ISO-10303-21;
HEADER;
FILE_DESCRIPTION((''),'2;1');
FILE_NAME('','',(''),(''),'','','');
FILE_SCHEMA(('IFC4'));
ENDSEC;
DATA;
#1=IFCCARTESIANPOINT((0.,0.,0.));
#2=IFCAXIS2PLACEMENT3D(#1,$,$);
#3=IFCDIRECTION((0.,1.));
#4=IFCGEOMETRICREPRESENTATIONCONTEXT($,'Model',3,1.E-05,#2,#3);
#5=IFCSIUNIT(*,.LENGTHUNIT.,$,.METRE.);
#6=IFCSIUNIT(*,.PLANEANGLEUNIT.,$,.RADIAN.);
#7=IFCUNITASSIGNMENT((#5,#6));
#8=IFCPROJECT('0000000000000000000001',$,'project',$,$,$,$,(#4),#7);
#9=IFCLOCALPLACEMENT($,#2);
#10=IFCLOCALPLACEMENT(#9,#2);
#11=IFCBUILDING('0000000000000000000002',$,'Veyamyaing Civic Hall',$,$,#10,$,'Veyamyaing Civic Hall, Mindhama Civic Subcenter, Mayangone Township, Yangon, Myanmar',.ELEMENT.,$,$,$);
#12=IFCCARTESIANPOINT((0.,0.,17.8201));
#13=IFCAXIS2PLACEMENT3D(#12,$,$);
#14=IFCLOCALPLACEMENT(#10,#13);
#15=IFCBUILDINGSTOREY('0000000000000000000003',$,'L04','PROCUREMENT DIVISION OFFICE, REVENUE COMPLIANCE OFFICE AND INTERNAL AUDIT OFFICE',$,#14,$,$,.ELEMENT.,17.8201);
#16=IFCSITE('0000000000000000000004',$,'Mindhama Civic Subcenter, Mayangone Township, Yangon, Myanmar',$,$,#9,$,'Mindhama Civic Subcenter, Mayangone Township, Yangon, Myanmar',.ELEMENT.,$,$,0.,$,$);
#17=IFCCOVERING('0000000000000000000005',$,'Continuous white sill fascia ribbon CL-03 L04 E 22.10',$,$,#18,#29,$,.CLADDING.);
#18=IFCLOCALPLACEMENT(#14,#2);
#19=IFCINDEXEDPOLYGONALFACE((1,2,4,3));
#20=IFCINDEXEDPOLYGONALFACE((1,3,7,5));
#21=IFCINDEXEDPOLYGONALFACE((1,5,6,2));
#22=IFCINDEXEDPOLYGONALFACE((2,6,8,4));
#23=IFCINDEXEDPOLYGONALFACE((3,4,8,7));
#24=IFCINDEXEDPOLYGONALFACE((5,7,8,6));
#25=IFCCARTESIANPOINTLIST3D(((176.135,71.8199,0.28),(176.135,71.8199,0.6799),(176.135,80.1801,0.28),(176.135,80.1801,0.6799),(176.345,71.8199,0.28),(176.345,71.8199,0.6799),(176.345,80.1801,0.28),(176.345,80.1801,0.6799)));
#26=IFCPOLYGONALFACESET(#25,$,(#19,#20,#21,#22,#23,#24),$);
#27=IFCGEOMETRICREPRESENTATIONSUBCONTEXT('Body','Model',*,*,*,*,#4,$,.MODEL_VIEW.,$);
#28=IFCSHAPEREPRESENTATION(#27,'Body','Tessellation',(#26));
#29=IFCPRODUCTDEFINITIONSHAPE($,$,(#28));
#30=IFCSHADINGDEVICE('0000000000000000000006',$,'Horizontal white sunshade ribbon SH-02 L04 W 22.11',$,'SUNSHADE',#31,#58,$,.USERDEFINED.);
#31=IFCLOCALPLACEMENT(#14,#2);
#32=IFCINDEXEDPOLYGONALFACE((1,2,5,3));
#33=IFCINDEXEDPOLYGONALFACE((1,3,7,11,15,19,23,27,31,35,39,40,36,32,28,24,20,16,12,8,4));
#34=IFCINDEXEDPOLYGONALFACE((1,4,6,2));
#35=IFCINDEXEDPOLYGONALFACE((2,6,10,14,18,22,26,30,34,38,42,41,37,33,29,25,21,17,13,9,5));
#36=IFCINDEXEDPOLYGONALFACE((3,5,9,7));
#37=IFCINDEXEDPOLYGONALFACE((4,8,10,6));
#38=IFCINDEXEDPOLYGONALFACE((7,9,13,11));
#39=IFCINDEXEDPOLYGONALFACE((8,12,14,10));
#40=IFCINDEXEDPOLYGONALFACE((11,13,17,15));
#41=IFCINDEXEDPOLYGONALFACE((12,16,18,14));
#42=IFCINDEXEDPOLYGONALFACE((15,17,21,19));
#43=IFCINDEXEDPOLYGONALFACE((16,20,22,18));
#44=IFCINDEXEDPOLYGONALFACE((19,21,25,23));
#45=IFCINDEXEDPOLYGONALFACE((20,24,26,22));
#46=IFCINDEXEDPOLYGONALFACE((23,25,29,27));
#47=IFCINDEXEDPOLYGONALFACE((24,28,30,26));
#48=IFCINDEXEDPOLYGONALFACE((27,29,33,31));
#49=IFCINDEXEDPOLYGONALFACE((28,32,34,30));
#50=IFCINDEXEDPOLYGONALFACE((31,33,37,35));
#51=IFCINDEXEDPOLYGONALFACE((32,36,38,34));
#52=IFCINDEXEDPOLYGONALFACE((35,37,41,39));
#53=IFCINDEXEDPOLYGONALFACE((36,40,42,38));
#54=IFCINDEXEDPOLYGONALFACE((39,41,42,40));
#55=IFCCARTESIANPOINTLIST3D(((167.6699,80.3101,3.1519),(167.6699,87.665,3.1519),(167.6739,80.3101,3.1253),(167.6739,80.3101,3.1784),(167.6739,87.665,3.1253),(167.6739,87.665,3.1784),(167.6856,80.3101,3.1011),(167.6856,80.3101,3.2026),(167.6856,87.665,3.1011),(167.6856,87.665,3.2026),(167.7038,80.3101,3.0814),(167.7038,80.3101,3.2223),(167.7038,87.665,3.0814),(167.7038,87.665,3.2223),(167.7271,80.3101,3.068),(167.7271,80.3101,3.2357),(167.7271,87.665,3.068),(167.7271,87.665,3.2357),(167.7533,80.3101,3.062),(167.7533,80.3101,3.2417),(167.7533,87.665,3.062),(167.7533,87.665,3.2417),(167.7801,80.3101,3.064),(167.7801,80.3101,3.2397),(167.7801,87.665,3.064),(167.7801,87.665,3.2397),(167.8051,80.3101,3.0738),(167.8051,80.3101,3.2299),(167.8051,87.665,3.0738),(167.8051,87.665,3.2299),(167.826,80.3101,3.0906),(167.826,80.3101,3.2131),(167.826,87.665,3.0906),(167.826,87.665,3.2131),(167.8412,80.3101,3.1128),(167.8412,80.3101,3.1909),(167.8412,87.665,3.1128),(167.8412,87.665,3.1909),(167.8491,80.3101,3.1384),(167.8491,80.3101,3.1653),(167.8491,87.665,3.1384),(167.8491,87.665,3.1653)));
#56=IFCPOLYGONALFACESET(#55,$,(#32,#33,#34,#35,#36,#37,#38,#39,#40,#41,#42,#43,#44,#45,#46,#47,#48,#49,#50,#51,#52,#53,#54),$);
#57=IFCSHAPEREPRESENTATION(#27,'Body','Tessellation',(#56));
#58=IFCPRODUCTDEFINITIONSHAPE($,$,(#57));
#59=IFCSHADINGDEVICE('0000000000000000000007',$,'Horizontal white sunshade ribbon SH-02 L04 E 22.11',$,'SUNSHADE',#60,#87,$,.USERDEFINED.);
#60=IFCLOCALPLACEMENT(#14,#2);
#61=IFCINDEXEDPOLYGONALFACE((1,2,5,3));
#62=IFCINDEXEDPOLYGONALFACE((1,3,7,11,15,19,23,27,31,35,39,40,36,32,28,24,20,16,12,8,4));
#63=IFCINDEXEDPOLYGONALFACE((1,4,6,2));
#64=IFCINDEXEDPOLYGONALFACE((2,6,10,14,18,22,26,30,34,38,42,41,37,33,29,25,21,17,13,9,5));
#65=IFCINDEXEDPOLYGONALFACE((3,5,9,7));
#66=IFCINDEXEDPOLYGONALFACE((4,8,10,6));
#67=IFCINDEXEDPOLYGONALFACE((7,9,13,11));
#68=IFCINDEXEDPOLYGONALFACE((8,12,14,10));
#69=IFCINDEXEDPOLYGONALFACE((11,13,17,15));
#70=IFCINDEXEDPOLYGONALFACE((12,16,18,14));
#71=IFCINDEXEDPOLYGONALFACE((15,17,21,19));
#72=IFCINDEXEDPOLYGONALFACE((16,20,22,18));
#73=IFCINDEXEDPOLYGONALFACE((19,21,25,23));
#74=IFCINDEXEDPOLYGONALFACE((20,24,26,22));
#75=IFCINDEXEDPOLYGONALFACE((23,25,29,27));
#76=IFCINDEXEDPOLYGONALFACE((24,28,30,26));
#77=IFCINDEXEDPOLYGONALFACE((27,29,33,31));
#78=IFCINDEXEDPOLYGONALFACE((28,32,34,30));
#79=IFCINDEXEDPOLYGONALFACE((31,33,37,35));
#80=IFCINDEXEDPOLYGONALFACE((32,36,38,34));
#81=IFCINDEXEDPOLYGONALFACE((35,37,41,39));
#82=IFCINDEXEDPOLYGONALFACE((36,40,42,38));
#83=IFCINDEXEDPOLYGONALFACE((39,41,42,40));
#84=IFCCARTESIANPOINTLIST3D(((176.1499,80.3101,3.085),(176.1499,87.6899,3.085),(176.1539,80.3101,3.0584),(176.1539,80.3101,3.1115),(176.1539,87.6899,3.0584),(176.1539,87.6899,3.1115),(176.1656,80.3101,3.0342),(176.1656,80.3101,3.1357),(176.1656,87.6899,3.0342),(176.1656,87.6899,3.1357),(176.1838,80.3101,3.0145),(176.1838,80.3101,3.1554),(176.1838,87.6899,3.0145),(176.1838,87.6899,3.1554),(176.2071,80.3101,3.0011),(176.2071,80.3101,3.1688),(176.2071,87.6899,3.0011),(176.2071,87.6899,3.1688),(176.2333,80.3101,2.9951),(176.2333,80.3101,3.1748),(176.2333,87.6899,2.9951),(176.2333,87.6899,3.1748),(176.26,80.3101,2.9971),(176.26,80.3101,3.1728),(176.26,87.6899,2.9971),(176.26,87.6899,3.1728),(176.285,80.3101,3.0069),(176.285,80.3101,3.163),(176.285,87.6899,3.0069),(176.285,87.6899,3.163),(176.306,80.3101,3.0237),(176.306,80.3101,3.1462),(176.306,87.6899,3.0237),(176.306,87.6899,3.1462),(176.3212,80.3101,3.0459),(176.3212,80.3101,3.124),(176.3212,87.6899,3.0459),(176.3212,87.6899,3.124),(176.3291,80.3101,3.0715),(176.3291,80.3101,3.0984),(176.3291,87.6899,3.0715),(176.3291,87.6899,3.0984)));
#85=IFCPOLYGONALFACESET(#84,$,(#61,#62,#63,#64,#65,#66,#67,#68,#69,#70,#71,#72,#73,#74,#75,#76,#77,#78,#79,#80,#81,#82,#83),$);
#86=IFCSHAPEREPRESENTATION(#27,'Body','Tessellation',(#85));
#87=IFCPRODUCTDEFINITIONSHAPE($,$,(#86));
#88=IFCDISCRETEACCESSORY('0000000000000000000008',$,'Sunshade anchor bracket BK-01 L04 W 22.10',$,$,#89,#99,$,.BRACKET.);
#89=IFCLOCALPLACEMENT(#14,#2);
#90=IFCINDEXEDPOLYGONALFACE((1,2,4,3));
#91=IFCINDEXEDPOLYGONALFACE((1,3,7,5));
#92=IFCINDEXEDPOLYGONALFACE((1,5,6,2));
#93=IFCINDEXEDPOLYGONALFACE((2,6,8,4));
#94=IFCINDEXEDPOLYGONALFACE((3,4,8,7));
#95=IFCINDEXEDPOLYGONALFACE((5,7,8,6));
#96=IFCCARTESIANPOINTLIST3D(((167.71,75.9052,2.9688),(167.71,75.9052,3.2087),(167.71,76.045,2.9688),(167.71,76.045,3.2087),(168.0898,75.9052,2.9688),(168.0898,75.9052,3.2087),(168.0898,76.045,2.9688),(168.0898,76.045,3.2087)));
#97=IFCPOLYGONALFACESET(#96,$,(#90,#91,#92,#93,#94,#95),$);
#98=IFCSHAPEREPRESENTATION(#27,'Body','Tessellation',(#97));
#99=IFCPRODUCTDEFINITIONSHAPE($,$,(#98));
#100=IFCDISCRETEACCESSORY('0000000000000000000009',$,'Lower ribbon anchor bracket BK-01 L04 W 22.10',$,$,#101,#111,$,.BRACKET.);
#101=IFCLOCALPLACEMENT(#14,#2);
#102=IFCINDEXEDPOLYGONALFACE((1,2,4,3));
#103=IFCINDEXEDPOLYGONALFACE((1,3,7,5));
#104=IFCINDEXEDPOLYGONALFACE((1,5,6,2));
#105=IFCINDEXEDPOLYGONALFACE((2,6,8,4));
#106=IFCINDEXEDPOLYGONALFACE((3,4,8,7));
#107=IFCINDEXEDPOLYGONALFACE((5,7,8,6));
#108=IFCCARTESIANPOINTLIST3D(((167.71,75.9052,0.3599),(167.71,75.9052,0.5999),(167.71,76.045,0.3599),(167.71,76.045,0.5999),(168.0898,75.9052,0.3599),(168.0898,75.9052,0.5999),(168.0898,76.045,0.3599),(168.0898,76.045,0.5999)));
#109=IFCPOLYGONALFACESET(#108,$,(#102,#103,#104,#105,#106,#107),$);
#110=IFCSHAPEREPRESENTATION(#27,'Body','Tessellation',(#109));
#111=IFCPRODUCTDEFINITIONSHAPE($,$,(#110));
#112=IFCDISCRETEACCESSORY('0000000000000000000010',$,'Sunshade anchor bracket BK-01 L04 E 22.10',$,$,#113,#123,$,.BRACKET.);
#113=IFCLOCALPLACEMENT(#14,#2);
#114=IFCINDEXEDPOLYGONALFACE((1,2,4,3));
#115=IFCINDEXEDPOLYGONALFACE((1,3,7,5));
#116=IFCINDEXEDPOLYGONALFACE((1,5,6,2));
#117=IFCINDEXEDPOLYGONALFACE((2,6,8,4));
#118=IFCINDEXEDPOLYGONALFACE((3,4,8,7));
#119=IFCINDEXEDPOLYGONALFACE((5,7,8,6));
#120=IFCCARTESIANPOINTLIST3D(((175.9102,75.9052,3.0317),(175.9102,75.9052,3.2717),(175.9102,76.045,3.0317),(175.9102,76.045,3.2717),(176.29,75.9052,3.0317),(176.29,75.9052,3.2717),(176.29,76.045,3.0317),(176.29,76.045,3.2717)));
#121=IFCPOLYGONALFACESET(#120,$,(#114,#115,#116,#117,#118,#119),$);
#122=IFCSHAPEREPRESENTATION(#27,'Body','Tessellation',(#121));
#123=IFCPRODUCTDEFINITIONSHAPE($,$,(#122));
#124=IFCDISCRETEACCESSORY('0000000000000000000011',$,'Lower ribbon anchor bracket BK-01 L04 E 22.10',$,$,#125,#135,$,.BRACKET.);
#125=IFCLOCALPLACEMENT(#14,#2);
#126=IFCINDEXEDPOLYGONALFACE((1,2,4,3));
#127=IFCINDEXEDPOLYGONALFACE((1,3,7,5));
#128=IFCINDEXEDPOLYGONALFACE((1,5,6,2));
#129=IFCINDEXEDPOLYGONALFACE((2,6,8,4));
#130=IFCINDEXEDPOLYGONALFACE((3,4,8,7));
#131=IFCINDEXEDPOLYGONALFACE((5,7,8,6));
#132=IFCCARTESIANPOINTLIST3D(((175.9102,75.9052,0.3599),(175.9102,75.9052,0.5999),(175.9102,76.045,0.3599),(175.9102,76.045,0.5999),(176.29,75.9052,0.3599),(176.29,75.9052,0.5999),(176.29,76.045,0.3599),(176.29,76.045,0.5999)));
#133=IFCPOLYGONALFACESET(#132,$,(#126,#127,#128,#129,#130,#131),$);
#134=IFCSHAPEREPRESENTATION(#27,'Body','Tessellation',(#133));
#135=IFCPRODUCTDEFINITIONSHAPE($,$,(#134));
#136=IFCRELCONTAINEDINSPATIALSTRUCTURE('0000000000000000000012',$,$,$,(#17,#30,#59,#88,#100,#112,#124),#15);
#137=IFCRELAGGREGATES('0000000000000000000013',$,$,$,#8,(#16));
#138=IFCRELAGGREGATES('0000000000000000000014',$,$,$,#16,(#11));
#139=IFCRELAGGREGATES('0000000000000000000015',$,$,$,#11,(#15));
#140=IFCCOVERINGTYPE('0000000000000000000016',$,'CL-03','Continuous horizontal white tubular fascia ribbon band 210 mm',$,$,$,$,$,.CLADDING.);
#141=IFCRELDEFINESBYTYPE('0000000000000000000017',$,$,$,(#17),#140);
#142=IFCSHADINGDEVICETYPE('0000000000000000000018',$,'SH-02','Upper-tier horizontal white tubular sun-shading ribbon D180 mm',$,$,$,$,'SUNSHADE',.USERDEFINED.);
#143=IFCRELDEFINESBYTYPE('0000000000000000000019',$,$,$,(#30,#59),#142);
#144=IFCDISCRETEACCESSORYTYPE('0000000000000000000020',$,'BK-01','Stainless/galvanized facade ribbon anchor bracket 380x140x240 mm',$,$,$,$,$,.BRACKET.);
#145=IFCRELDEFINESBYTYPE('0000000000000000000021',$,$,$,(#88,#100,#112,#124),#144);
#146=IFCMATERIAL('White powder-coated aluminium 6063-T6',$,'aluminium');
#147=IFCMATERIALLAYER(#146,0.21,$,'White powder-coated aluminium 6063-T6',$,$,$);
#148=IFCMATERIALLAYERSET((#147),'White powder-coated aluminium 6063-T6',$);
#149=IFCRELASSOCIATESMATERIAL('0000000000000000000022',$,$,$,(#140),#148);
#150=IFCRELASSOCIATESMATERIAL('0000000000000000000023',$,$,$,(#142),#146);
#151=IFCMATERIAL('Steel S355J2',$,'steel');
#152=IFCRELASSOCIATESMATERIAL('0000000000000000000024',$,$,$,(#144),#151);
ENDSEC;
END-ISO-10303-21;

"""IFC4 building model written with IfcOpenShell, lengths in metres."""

from ifc_helpers import new_model, si_unit, direction, frame, origin, origin_2d, place, context, subcontext, project, spatial, rectangle, circle, extrude, material, layer, layer_set, material_profile, profile_set, type_object, element, save


model = new_model("IFC4")

# Units and contexts
model_context = context("Model", 3, precision=1e-05, world=origin(), true_north=direction((0.0, 1.0)))
body_context = subcontext(model_context, "Body", "Model", "MODEL_VIEW")
ifc_project = project(units=[si_unit("LENGTHUNIT", "METRE"), si_unit("PLANEANGLEUNIT", "RADIAN")], contexts=[model_context])

# Site, building, storey
site_placement = place(None, origin())
site = spatial("IfcSite", under=ifc_project, at=site_placement, Name="Mindhama Civic Subcenter, Mayangone Township, Yangon, Myanmar", LongName="Mindhama Civic Subcenter, Mayangone Township, Yangon, Myanmar", CompositionType="ELEMENT", RefElevation=0.0)
building_placement = place(site_placement, origin())
building = spatial("IfcBuilding", under=site, at=building_placement, Name="Veyamyaing Civic Hall", LongName="Veyamyaing Civic Hall, Mindhama Civic Subcenter, Mayangone Township, Yangon, Myanmar", CompositionType="ELEMENT")
storey_placement = place(building_placement, frame((0.0, 0.0, 17.8201)))
storey = spatial("IfcBuildingStorey", under=building, at=storey_placement, Name="L04", Description="PROCUREMENT DIVISION OFFICE, REVENUE COMPLIANCE OFFICE AND INTERNAL AUDIT OFFICE", CompositionType="ELEMENT", Elevation=17.8201)

# Covering
ifc_material_1 = material(Name="White powder-coated aluminium 6063-T6", Category="aluminium")
ifc_layer_1 = layer(ifc_material_1, 0.21, Name="White powder-coated aluminium 6063-T6")
ifc_layer_set_1 = layer_set([ifc_layer_1], Name="White powder-coated aluminium 6063-T6")
covering_type_1 = type_object("IfcCoveringType", Name="CL-03", Description="Continuous horizontal white tubular fascia ribbon band 210 mm", PredefinedType="CLADDING", material=ifc_layer_set_1)
for number, where, z_axis, x_axis, name in (
    (1, (176.24, 76.0, 0.28), (0.0, 0.0, 1.0), (0.0, 1.0, 0.0), "Continuous white sill fascia ribbon CL-03 L04 E 22.10"),
):
    element("IfcCovering", number, at=place(storey_placement, frame(where, z_axis=z_axis, x_axis=x_axis)), inside=storey, type_object=covering_type_1, Name=name, PredefinedType="CLADDING", context=body_context, shape_type="SweptSolid", body=[
        extrude(rectangle(XDim=8.3601, YDim=0.21, at=origin_2d()), origin(), (0.0, 0.0, 1.0), 0.3999),
    ])

# Shading devices
ifc_material_profile_1 = material_profile(ifc_material_1, circle(Radius=0.0901, at=origin_2d()), Name="SHADE-TUBE-180")
ifc_profile_set_1 = profile_set([ifc_material_profile_1], Name="White powder-coated aluminium 6063-T6")
shading_device_type = type_object("IfcShadingDeviceType", Name="SH-02", Description="Upper-tier horizontal white tubular sun-shading ribbon D180 mm", ElementType="SUNSHADE", PredefinedType="USERDEFINED", material=ifc_profile_set_1)
shading_device_1_placement = place(storey_placement, frame((167.76, 80.3101, 3.1519), z_axis=(0.0, 1.0, 0.0), x_axis=(-1.0, 0.0, 0.0)))
element("IfcShadingDevice", 2, at=shading_device_1_placement, inside=storey, type_object=shading_device_type, Name="Horizontal white sunshade ribbon SH-02 L04 W 22.11", ObjectType="SUNSHADE", PredefinedType="USERDEFINED", context=body_context, shape_type="SweptSolid", body=[
    extrude(circle(Radius=0.0901, at=origin_2d()), origin(), (0.0, 0.0, 1.0), 7.355),
])
shading_device_2_placement = place(storey_placement, frame((176.24, 80.3101, 3.085), z_axis=(0.0, 1.0, 0.0), x_axis=(-1.0, 0.0, 0.0)))
element("IfcShadingDevice", 3, at=shading_device_2_placement, inside=storey, type_object=shading_device_type, Name="Horizontal white sunshade ribbon SH-02 L04 E 22.11", ObjectType="SUNSHADE", PredefinedType="USERDEFINED", context=body_context, shape_type="SweptSolid", body=[
    extrude(circle(Radius=0.0901, at=origin_2d()), origin(), (0.0, 0.0, 1.0), 7.3799),
])

# Discrete accessories
ifc_material_2 = material(Name="Steel S355J2", Category="steel")
discrete_accessory_type = type_object("IfcDiscreteAccessoryType", Name="BK-01", Description="Stainless/galvanized facade ribbon anchor bracket 380x140x240 mm", PredefinedType="BRACKET", material=ifc_material_2)
for number, where, z_axis, x_axis, name in (
    (4, (167.8999, 75.9751, 2.9688), (0.0, 0.0, 1.0), (-1.0, 0.0, 0.0), "Sunshade anchor bracket BK-01 L04 W 22.10"),
    (5, (167.8999, 75.9751, 0.3599), (0.0, 0.0, 1.0), (-1.0, 0.0, 0.0), "Lower ribbon anchor bracket BK-01 L04 W 22.10"),
    (6, (176.1001, 75.9751, 3.0317), (0.0, 0.0, 1.0), (1.0, 0.0, 0.0), "Sunshade anchor bracket BK-01 L04 E 22.10"),
    (7, (176.1001, 75.9751, 0.3599), (0.0, 0.0, 1.0), (1.0, 0.0, 0.0), "Lower ribbon anchor bracket BK-01 L04 E 22.10"),
):
    element("IfcDiscreteAccessory", number, at=place(storey_placement, frame(where, z_axis=z_axis, x_axis=x_axis)), inside=storey, type_object=discrete_accessory_type, Name=name, PredefinedType="BRACKET", context=body_context, shape_type="SweptSolid", body=[
        extrude(rectangle(XDim=0.3799, YDim=0.1399, at=origin_2d()), origin(), (0.0, 0.0, 1.0), 0.24),
    ])

save(model, "model.ifc")
